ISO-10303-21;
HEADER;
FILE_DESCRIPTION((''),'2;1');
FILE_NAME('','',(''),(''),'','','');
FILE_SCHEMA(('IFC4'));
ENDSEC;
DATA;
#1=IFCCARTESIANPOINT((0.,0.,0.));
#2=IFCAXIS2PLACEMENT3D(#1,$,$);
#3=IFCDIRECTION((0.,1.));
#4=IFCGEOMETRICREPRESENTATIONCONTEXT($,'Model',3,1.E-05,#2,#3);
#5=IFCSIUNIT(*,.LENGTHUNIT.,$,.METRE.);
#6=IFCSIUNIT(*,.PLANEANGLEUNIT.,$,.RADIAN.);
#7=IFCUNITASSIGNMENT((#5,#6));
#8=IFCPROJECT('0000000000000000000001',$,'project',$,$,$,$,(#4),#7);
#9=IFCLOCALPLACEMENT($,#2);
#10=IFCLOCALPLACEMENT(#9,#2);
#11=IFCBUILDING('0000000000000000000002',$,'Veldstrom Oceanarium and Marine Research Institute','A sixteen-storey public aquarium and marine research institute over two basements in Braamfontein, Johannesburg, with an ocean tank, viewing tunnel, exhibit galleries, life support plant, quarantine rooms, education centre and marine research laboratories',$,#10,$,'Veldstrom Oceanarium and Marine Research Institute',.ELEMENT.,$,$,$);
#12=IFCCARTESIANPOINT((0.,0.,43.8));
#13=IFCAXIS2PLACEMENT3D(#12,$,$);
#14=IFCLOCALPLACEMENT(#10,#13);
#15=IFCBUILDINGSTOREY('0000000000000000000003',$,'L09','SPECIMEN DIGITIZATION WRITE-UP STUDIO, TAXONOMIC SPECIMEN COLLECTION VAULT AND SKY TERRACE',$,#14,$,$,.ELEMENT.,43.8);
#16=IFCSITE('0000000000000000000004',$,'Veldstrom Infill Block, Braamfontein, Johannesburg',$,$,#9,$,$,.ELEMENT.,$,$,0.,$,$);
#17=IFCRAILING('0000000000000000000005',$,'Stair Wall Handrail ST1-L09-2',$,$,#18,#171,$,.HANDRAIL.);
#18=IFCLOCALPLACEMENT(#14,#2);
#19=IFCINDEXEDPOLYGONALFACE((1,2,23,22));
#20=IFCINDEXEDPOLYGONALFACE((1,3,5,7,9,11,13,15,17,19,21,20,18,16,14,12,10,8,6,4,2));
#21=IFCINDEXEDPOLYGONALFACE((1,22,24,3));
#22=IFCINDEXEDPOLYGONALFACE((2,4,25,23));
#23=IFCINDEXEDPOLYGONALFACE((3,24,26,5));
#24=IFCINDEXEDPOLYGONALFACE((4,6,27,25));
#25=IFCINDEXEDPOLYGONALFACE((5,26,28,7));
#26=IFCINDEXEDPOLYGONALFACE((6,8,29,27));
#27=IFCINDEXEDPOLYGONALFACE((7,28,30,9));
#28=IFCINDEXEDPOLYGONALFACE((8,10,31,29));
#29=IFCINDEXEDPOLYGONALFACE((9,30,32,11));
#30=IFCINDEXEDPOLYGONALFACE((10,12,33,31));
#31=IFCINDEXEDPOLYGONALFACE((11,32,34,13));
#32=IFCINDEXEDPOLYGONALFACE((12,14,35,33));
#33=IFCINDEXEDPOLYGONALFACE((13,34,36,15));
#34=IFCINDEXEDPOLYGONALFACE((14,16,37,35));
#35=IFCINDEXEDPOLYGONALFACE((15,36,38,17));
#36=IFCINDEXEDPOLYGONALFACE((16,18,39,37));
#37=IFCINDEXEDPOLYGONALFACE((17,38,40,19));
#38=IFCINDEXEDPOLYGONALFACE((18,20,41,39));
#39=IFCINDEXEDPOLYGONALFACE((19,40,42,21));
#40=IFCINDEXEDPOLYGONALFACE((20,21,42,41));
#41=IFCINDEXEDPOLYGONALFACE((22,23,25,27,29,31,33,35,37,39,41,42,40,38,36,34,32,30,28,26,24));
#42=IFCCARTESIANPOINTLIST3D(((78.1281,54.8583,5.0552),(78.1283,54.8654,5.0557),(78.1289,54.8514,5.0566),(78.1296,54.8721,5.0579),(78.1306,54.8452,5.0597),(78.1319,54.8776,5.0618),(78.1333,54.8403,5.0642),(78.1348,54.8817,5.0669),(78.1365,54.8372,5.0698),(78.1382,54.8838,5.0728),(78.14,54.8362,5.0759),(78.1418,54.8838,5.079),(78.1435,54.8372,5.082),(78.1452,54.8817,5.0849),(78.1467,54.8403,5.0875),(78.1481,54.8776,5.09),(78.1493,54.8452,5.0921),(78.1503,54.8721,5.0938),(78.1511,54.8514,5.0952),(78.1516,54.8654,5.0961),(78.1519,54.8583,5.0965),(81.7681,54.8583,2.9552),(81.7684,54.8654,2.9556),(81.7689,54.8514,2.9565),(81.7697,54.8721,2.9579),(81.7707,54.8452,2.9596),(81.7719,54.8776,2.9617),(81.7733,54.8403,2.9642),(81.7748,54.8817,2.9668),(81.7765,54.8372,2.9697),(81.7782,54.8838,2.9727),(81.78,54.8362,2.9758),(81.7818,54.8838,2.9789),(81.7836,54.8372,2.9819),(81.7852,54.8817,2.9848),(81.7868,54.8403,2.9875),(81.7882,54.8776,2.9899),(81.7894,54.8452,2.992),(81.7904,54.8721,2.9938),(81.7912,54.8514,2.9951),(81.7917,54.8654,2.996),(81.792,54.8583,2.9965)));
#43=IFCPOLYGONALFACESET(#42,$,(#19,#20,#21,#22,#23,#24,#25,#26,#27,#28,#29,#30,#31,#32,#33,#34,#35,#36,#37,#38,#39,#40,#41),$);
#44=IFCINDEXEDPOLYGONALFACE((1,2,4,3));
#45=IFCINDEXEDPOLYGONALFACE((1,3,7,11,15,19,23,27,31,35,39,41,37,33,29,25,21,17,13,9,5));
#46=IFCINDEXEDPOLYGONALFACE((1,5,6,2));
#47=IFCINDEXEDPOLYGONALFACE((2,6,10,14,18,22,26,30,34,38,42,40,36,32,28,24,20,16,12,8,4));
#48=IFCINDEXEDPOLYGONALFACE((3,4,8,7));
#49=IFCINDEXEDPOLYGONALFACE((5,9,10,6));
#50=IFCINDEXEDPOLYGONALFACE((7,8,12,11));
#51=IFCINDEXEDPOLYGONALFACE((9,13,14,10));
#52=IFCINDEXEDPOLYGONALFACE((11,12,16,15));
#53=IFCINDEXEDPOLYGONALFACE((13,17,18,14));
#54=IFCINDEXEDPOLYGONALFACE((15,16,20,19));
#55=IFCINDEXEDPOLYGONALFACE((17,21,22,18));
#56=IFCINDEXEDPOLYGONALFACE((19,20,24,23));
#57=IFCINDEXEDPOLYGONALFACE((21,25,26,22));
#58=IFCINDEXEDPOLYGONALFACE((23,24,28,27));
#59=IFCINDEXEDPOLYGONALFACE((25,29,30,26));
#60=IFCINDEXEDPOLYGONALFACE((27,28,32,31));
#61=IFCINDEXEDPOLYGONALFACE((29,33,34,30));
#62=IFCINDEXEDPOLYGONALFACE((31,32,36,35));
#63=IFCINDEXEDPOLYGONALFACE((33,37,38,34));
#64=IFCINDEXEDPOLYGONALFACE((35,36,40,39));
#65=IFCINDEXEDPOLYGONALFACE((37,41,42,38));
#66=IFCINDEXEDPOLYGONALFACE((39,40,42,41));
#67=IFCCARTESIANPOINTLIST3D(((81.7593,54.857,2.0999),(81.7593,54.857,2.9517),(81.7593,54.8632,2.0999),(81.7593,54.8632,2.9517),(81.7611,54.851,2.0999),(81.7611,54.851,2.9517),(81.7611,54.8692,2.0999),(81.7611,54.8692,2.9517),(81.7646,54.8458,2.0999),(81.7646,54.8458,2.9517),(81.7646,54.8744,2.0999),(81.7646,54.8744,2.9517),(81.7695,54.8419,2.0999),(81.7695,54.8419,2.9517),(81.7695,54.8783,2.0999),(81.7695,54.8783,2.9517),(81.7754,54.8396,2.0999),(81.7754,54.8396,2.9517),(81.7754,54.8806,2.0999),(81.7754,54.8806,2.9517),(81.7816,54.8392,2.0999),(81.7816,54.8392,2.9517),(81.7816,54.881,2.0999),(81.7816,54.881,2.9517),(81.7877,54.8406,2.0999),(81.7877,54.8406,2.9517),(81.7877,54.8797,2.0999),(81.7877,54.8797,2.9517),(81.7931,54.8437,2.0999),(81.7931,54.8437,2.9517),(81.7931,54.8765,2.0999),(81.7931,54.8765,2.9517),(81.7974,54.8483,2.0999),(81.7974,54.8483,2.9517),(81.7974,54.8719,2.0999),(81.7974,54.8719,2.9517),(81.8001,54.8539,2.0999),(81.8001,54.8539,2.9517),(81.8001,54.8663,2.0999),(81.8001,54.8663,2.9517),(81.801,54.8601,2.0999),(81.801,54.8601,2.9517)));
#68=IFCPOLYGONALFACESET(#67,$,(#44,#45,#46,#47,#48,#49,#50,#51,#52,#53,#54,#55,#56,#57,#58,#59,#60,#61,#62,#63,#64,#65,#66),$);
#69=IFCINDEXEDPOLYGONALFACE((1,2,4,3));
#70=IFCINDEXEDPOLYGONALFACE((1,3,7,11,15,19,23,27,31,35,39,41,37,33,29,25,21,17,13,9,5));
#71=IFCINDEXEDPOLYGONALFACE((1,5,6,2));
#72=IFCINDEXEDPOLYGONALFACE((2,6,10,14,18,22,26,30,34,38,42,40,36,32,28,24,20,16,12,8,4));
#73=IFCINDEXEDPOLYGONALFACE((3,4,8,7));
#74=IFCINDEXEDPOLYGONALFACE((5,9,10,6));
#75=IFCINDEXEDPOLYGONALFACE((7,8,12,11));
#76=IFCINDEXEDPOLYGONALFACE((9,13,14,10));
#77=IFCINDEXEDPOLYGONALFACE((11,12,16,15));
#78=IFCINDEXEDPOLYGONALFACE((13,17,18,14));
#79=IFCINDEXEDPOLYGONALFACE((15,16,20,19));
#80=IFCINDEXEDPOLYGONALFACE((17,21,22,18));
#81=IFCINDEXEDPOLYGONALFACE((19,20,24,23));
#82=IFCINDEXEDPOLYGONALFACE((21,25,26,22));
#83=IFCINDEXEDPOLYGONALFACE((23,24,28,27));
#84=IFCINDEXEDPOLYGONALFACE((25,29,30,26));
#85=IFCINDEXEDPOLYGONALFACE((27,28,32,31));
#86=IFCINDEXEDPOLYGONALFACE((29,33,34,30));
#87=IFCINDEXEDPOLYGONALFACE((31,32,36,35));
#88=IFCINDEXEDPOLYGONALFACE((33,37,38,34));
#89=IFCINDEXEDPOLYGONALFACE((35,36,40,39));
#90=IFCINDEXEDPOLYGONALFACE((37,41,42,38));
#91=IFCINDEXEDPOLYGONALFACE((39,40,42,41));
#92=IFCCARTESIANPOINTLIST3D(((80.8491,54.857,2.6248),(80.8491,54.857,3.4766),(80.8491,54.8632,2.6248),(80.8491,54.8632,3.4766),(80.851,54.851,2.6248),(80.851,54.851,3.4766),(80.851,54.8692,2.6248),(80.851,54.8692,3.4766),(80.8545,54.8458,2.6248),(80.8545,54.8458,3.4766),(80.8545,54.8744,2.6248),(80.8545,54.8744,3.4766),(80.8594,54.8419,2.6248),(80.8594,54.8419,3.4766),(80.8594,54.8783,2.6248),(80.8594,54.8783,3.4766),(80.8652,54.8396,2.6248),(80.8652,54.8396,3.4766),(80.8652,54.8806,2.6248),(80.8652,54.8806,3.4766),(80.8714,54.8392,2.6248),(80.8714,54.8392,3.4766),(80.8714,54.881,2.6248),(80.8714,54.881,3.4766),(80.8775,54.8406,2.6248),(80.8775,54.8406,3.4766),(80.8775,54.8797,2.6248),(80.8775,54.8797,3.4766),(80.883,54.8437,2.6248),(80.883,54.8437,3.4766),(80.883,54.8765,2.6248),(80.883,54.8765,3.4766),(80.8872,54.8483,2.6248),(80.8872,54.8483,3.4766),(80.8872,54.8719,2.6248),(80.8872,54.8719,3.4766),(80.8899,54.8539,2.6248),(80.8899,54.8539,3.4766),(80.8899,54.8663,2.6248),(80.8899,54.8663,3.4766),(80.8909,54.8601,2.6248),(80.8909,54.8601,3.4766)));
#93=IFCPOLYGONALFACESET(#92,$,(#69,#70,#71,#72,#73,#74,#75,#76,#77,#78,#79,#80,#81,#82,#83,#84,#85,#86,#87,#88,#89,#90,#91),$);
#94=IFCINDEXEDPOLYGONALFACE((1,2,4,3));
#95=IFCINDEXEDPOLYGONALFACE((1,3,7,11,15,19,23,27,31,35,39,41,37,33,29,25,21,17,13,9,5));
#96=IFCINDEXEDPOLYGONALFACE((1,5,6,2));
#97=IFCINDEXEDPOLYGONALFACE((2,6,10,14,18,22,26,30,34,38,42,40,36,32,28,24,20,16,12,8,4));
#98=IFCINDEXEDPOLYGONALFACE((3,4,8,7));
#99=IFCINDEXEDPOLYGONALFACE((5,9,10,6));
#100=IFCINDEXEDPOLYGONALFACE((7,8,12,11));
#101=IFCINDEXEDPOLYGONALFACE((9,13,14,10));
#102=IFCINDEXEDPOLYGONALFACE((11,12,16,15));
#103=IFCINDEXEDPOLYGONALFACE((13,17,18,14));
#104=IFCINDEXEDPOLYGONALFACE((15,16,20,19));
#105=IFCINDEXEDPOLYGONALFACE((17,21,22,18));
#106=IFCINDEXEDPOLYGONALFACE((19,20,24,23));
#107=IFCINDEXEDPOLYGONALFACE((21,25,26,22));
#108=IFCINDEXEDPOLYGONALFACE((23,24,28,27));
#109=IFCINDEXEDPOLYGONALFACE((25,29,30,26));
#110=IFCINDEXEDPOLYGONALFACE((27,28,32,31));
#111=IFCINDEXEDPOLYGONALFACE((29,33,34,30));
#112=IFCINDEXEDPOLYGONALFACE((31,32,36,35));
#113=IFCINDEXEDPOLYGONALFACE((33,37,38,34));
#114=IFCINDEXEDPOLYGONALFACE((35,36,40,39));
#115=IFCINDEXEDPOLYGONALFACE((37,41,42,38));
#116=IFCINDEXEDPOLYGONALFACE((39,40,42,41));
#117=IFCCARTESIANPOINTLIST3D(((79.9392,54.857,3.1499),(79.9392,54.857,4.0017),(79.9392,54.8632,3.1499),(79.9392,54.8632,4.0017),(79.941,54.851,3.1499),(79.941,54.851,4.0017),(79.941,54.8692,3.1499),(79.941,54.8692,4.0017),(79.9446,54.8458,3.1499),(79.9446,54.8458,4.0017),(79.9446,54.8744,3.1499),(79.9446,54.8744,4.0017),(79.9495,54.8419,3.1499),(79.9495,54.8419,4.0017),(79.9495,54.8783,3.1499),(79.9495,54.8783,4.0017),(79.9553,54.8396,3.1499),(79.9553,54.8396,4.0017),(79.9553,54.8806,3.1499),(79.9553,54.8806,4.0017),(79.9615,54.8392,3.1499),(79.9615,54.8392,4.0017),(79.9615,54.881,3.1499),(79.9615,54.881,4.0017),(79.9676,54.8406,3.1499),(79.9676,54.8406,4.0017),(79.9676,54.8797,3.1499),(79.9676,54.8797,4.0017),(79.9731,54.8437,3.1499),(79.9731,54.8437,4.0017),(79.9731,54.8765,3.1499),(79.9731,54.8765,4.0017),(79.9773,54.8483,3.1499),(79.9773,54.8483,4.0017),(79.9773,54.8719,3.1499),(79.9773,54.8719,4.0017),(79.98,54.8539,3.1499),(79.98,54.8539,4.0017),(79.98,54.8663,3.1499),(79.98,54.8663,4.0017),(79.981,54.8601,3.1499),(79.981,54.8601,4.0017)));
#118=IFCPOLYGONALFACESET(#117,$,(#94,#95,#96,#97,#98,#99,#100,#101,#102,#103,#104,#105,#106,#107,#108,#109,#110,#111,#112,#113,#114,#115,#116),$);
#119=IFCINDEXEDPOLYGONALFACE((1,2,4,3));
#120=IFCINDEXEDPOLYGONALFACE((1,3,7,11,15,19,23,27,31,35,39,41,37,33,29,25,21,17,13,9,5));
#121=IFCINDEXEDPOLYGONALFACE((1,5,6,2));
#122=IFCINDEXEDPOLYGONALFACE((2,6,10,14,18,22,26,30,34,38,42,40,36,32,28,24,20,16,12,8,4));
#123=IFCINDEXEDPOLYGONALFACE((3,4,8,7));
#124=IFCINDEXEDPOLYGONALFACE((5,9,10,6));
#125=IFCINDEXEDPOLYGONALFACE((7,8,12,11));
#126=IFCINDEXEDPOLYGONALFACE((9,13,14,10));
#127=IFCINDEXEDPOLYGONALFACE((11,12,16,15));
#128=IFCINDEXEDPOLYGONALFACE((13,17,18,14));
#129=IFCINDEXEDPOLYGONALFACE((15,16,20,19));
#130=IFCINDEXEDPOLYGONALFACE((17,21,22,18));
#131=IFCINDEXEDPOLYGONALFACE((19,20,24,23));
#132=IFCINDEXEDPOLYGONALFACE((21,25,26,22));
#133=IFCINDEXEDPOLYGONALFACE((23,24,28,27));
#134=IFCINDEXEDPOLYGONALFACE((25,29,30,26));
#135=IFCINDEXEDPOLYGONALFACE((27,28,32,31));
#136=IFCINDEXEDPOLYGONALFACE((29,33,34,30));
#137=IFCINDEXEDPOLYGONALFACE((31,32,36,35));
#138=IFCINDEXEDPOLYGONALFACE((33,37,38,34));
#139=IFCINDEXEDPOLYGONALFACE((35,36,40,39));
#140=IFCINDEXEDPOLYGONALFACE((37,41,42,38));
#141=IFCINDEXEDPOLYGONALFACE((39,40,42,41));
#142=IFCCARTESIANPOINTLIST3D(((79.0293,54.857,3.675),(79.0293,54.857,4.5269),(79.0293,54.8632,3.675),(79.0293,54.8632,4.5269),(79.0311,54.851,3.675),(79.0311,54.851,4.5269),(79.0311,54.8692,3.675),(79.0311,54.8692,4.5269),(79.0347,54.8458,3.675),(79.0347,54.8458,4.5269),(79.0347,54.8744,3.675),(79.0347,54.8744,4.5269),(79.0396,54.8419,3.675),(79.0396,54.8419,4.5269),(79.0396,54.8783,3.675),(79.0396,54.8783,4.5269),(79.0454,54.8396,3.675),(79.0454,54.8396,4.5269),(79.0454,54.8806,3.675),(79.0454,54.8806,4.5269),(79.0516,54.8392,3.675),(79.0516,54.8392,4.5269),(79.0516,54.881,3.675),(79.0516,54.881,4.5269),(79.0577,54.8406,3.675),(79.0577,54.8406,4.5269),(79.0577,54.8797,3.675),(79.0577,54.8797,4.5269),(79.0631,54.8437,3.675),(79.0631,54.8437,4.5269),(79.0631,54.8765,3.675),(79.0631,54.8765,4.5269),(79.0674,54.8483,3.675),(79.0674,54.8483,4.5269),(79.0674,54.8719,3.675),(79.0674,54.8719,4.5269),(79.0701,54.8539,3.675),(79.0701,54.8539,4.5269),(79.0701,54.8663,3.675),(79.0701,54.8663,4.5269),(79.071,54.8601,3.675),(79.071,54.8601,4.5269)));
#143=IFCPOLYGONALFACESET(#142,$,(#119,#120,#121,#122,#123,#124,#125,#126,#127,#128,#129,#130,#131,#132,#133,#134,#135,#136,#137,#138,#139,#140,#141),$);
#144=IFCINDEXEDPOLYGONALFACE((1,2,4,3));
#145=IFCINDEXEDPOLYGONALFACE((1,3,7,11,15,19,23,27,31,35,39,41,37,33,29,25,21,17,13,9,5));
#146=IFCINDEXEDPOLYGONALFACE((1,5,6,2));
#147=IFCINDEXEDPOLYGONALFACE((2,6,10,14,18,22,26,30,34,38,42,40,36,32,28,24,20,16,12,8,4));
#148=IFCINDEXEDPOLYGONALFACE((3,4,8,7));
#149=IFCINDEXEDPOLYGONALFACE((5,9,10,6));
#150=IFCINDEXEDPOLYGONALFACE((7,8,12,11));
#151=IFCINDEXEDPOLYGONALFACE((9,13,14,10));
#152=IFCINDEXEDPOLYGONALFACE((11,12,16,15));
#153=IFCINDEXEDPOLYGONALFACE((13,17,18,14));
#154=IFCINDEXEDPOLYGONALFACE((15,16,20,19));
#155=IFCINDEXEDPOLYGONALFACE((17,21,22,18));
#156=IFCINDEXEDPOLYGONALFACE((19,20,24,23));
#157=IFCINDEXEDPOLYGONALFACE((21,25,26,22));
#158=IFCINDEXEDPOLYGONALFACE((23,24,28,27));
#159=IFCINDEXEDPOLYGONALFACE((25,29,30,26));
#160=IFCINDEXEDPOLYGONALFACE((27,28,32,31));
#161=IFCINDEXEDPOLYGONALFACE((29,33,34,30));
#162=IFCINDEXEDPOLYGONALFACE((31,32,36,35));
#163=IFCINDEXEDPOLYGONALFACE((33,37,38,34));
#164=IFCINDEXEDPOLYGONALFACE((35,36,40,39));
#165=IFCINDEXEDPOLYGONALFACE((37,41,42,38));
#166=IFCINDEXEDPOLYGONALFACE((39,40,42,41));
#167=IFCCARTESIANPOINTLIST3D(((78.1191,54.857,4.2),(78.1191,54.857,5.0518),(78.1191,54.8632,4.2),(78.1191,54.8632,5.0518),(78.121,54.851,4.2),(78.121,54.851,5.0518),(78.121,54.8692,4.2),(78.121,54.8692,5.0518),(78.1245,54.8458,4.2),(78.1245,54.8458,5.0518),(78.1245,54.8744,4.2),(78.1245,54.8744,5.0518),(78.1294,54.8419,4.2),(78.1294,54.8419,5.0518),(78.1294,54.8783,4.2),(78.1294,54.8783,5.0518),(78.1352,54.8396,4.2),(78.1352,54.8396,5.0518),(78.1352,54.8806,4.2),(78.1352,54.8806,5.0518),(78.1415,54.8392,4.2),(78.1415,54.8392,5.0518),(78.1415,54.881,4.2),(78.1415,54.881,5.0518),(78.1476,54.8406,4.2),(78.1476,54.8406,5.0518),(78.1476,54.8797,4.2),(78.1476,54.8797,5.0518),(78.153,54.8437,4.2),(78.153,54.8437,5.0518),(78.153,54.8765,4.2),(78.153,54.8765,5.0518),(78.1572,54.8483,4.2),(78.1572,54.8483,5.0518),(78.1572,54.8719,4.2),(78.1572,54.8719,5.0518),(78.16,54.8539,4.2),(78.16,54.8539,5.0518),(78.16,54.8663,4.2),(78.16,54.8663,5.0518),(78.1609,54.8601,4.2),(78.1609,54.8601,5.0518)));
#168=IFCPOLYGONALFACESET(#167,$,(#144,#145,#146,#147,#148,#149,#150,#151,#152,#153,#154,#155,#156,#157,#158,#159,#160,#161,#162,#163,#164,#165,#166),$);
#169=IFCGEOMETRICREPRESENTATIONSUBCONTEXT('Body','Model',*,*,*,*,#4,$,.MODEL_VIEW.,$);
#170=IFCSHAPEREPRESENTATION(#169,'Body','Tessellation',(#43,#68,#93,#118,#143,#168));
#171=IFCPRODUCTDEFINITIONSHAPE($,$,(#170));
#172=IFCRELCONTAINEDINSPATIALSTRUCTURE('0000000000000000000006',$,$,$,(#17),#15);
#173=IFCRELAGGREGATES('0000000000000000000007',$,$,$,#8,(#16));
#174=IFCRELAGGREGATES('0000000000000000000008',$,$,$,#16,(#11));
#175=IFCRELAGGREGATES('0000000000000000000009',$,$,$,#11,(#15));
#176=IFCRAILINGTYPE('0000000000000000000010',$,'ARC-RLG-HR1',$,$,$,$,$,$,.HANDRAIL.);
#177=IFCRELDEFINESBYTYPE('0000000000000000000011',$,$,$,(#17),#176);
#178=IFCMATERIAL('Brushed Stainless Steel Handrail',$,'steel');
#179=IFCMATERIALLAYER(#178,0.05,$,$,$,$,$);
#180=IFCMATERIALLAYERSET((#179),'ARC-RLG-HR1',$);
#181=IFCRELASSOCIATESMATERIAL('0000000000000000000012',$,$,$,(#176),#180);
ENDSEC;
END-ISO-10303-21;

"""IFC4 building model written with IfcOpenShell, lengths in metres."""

from ifc_helpers import new_model, si_unit, direction, frame, origin, origin_2d, place, context, subcontext, project, spatial, circle, extrude, material, layer, layer_set, type_object, element, save


model = new_model("IFC4")

# Units and contexts
model_context = context("Model", 3, precision=1e-05, world=origin(), true_north=direction((0.0, 1.0)))
body_context = subcontext(model_context, "Body", "Model", "MODEL_VIEW")
ifc_project = project(units=[si_unit("LENGTHUNIT", "METRE"), si_unit("PLANEANGLEUNIT", "RADIAN")], contexts=[model_context])

# Site, building, storey
site_placement = place(None, origin())
site = spatial("IfcSite", under=ifc_project, at=site_placement, Name="Veldstrom Infill Block, Braamfontein, Johannesburg", CompositionType="ELEMENT", RefElevation=0.0)
building_placement = place(site_placement, origin())
building = spatial("IfcBuilding", under=site, at=building_placement, Name="Veldstrom Oceanarium and Marine Research Institute", Description="A sixteen-storey public aquarium and marine research institute over two basements in Braamfontein, Johannesburg, with an ocean tank, viewing tunnel, exhibit galleries, life support plant, quarantine rooms, education centre and marine research laboratories", LongName="Veldstrom Oceanarium and Marine Research Institute", CompositionType="ELEMENT")
storey_placement = place(building_placement, frame((0.0, 0.0, 43.8)))
storey = spatial("IfcBuildingStorey", under=building, at=storey_placement, Name="L09", Description="SPECIMEN DIGITIZATION WRITE-UP STUDIO, TAXONOMIC SPECIMEN COLLECTION VAULT AND SKY TERRACE", CompositionType="ELEMENT", Elevation=43.8)

# Railing
ifc_material_1 = material(Name="Brushed Stainless Steel Handrail", Category="steel")
ifc_layer_1 = layer(ifc_material_1, 0.05)
ifc_layer_set_1 = layer_set([ifc_layer_1], Name="ARC-RLG-HR1")
railing_type_1 = type_object("IfcRailingType", Name="ARC-RLG-HR1", PredefinedType="HANDRAIL", material=ifc_layer_set_1)
railing_1_placement = place(storey_placement, frame((81.78, 54.8601, 2.0999)))
element("IfcRailing", 1, at=railing_1_placement, inside=storey, type_object=railing_type_1, Name="Stair Wall Handrail ST1-L09-2", PredefinedType="HANDRAIL", context=body_context, shape_type="SweptSolid", body=[
    extrude(circle(Radius=0.0239, at=origin_2d()), frame((0.0, 0.0, 0.876), z_axis=(-0.866184, 0.0, 0.499726), x_axis=(0.0, -1.0, 0.0)), (0.0, 0.0, 1.0), 4.2024),
    extrude(circle(Radius=0.021, at=origin_2d()), origin(), (0.0, 0.0, 1.0), 0.8518),
    extrude(circle(Radius=0.021, at=origin_2d()), frame((-0.9102, 0.0, 0.5249)), (0.0, 0.0, 1.0), 0.8518),
    extrude(circle(Radius=0.021, at=origin_2d()), frame((-1.8201, 0.0, 1.05)), (0.0, 0.0, 1.0), 0.8518),
    extrude(circle(Radius=0.021, at=origin_2d()), frame((-2.73, 0.0, 1.5752)), (0.0, 0.0, 1.0), 0.8518),
    extrude(circle(Radius=0.021, at=origin_2d()), frame((-3.6401, 0.0, 2.1001)), (0.0, 0.0, 1.0), 0.8518),
])

save(model, "model.ifc")
